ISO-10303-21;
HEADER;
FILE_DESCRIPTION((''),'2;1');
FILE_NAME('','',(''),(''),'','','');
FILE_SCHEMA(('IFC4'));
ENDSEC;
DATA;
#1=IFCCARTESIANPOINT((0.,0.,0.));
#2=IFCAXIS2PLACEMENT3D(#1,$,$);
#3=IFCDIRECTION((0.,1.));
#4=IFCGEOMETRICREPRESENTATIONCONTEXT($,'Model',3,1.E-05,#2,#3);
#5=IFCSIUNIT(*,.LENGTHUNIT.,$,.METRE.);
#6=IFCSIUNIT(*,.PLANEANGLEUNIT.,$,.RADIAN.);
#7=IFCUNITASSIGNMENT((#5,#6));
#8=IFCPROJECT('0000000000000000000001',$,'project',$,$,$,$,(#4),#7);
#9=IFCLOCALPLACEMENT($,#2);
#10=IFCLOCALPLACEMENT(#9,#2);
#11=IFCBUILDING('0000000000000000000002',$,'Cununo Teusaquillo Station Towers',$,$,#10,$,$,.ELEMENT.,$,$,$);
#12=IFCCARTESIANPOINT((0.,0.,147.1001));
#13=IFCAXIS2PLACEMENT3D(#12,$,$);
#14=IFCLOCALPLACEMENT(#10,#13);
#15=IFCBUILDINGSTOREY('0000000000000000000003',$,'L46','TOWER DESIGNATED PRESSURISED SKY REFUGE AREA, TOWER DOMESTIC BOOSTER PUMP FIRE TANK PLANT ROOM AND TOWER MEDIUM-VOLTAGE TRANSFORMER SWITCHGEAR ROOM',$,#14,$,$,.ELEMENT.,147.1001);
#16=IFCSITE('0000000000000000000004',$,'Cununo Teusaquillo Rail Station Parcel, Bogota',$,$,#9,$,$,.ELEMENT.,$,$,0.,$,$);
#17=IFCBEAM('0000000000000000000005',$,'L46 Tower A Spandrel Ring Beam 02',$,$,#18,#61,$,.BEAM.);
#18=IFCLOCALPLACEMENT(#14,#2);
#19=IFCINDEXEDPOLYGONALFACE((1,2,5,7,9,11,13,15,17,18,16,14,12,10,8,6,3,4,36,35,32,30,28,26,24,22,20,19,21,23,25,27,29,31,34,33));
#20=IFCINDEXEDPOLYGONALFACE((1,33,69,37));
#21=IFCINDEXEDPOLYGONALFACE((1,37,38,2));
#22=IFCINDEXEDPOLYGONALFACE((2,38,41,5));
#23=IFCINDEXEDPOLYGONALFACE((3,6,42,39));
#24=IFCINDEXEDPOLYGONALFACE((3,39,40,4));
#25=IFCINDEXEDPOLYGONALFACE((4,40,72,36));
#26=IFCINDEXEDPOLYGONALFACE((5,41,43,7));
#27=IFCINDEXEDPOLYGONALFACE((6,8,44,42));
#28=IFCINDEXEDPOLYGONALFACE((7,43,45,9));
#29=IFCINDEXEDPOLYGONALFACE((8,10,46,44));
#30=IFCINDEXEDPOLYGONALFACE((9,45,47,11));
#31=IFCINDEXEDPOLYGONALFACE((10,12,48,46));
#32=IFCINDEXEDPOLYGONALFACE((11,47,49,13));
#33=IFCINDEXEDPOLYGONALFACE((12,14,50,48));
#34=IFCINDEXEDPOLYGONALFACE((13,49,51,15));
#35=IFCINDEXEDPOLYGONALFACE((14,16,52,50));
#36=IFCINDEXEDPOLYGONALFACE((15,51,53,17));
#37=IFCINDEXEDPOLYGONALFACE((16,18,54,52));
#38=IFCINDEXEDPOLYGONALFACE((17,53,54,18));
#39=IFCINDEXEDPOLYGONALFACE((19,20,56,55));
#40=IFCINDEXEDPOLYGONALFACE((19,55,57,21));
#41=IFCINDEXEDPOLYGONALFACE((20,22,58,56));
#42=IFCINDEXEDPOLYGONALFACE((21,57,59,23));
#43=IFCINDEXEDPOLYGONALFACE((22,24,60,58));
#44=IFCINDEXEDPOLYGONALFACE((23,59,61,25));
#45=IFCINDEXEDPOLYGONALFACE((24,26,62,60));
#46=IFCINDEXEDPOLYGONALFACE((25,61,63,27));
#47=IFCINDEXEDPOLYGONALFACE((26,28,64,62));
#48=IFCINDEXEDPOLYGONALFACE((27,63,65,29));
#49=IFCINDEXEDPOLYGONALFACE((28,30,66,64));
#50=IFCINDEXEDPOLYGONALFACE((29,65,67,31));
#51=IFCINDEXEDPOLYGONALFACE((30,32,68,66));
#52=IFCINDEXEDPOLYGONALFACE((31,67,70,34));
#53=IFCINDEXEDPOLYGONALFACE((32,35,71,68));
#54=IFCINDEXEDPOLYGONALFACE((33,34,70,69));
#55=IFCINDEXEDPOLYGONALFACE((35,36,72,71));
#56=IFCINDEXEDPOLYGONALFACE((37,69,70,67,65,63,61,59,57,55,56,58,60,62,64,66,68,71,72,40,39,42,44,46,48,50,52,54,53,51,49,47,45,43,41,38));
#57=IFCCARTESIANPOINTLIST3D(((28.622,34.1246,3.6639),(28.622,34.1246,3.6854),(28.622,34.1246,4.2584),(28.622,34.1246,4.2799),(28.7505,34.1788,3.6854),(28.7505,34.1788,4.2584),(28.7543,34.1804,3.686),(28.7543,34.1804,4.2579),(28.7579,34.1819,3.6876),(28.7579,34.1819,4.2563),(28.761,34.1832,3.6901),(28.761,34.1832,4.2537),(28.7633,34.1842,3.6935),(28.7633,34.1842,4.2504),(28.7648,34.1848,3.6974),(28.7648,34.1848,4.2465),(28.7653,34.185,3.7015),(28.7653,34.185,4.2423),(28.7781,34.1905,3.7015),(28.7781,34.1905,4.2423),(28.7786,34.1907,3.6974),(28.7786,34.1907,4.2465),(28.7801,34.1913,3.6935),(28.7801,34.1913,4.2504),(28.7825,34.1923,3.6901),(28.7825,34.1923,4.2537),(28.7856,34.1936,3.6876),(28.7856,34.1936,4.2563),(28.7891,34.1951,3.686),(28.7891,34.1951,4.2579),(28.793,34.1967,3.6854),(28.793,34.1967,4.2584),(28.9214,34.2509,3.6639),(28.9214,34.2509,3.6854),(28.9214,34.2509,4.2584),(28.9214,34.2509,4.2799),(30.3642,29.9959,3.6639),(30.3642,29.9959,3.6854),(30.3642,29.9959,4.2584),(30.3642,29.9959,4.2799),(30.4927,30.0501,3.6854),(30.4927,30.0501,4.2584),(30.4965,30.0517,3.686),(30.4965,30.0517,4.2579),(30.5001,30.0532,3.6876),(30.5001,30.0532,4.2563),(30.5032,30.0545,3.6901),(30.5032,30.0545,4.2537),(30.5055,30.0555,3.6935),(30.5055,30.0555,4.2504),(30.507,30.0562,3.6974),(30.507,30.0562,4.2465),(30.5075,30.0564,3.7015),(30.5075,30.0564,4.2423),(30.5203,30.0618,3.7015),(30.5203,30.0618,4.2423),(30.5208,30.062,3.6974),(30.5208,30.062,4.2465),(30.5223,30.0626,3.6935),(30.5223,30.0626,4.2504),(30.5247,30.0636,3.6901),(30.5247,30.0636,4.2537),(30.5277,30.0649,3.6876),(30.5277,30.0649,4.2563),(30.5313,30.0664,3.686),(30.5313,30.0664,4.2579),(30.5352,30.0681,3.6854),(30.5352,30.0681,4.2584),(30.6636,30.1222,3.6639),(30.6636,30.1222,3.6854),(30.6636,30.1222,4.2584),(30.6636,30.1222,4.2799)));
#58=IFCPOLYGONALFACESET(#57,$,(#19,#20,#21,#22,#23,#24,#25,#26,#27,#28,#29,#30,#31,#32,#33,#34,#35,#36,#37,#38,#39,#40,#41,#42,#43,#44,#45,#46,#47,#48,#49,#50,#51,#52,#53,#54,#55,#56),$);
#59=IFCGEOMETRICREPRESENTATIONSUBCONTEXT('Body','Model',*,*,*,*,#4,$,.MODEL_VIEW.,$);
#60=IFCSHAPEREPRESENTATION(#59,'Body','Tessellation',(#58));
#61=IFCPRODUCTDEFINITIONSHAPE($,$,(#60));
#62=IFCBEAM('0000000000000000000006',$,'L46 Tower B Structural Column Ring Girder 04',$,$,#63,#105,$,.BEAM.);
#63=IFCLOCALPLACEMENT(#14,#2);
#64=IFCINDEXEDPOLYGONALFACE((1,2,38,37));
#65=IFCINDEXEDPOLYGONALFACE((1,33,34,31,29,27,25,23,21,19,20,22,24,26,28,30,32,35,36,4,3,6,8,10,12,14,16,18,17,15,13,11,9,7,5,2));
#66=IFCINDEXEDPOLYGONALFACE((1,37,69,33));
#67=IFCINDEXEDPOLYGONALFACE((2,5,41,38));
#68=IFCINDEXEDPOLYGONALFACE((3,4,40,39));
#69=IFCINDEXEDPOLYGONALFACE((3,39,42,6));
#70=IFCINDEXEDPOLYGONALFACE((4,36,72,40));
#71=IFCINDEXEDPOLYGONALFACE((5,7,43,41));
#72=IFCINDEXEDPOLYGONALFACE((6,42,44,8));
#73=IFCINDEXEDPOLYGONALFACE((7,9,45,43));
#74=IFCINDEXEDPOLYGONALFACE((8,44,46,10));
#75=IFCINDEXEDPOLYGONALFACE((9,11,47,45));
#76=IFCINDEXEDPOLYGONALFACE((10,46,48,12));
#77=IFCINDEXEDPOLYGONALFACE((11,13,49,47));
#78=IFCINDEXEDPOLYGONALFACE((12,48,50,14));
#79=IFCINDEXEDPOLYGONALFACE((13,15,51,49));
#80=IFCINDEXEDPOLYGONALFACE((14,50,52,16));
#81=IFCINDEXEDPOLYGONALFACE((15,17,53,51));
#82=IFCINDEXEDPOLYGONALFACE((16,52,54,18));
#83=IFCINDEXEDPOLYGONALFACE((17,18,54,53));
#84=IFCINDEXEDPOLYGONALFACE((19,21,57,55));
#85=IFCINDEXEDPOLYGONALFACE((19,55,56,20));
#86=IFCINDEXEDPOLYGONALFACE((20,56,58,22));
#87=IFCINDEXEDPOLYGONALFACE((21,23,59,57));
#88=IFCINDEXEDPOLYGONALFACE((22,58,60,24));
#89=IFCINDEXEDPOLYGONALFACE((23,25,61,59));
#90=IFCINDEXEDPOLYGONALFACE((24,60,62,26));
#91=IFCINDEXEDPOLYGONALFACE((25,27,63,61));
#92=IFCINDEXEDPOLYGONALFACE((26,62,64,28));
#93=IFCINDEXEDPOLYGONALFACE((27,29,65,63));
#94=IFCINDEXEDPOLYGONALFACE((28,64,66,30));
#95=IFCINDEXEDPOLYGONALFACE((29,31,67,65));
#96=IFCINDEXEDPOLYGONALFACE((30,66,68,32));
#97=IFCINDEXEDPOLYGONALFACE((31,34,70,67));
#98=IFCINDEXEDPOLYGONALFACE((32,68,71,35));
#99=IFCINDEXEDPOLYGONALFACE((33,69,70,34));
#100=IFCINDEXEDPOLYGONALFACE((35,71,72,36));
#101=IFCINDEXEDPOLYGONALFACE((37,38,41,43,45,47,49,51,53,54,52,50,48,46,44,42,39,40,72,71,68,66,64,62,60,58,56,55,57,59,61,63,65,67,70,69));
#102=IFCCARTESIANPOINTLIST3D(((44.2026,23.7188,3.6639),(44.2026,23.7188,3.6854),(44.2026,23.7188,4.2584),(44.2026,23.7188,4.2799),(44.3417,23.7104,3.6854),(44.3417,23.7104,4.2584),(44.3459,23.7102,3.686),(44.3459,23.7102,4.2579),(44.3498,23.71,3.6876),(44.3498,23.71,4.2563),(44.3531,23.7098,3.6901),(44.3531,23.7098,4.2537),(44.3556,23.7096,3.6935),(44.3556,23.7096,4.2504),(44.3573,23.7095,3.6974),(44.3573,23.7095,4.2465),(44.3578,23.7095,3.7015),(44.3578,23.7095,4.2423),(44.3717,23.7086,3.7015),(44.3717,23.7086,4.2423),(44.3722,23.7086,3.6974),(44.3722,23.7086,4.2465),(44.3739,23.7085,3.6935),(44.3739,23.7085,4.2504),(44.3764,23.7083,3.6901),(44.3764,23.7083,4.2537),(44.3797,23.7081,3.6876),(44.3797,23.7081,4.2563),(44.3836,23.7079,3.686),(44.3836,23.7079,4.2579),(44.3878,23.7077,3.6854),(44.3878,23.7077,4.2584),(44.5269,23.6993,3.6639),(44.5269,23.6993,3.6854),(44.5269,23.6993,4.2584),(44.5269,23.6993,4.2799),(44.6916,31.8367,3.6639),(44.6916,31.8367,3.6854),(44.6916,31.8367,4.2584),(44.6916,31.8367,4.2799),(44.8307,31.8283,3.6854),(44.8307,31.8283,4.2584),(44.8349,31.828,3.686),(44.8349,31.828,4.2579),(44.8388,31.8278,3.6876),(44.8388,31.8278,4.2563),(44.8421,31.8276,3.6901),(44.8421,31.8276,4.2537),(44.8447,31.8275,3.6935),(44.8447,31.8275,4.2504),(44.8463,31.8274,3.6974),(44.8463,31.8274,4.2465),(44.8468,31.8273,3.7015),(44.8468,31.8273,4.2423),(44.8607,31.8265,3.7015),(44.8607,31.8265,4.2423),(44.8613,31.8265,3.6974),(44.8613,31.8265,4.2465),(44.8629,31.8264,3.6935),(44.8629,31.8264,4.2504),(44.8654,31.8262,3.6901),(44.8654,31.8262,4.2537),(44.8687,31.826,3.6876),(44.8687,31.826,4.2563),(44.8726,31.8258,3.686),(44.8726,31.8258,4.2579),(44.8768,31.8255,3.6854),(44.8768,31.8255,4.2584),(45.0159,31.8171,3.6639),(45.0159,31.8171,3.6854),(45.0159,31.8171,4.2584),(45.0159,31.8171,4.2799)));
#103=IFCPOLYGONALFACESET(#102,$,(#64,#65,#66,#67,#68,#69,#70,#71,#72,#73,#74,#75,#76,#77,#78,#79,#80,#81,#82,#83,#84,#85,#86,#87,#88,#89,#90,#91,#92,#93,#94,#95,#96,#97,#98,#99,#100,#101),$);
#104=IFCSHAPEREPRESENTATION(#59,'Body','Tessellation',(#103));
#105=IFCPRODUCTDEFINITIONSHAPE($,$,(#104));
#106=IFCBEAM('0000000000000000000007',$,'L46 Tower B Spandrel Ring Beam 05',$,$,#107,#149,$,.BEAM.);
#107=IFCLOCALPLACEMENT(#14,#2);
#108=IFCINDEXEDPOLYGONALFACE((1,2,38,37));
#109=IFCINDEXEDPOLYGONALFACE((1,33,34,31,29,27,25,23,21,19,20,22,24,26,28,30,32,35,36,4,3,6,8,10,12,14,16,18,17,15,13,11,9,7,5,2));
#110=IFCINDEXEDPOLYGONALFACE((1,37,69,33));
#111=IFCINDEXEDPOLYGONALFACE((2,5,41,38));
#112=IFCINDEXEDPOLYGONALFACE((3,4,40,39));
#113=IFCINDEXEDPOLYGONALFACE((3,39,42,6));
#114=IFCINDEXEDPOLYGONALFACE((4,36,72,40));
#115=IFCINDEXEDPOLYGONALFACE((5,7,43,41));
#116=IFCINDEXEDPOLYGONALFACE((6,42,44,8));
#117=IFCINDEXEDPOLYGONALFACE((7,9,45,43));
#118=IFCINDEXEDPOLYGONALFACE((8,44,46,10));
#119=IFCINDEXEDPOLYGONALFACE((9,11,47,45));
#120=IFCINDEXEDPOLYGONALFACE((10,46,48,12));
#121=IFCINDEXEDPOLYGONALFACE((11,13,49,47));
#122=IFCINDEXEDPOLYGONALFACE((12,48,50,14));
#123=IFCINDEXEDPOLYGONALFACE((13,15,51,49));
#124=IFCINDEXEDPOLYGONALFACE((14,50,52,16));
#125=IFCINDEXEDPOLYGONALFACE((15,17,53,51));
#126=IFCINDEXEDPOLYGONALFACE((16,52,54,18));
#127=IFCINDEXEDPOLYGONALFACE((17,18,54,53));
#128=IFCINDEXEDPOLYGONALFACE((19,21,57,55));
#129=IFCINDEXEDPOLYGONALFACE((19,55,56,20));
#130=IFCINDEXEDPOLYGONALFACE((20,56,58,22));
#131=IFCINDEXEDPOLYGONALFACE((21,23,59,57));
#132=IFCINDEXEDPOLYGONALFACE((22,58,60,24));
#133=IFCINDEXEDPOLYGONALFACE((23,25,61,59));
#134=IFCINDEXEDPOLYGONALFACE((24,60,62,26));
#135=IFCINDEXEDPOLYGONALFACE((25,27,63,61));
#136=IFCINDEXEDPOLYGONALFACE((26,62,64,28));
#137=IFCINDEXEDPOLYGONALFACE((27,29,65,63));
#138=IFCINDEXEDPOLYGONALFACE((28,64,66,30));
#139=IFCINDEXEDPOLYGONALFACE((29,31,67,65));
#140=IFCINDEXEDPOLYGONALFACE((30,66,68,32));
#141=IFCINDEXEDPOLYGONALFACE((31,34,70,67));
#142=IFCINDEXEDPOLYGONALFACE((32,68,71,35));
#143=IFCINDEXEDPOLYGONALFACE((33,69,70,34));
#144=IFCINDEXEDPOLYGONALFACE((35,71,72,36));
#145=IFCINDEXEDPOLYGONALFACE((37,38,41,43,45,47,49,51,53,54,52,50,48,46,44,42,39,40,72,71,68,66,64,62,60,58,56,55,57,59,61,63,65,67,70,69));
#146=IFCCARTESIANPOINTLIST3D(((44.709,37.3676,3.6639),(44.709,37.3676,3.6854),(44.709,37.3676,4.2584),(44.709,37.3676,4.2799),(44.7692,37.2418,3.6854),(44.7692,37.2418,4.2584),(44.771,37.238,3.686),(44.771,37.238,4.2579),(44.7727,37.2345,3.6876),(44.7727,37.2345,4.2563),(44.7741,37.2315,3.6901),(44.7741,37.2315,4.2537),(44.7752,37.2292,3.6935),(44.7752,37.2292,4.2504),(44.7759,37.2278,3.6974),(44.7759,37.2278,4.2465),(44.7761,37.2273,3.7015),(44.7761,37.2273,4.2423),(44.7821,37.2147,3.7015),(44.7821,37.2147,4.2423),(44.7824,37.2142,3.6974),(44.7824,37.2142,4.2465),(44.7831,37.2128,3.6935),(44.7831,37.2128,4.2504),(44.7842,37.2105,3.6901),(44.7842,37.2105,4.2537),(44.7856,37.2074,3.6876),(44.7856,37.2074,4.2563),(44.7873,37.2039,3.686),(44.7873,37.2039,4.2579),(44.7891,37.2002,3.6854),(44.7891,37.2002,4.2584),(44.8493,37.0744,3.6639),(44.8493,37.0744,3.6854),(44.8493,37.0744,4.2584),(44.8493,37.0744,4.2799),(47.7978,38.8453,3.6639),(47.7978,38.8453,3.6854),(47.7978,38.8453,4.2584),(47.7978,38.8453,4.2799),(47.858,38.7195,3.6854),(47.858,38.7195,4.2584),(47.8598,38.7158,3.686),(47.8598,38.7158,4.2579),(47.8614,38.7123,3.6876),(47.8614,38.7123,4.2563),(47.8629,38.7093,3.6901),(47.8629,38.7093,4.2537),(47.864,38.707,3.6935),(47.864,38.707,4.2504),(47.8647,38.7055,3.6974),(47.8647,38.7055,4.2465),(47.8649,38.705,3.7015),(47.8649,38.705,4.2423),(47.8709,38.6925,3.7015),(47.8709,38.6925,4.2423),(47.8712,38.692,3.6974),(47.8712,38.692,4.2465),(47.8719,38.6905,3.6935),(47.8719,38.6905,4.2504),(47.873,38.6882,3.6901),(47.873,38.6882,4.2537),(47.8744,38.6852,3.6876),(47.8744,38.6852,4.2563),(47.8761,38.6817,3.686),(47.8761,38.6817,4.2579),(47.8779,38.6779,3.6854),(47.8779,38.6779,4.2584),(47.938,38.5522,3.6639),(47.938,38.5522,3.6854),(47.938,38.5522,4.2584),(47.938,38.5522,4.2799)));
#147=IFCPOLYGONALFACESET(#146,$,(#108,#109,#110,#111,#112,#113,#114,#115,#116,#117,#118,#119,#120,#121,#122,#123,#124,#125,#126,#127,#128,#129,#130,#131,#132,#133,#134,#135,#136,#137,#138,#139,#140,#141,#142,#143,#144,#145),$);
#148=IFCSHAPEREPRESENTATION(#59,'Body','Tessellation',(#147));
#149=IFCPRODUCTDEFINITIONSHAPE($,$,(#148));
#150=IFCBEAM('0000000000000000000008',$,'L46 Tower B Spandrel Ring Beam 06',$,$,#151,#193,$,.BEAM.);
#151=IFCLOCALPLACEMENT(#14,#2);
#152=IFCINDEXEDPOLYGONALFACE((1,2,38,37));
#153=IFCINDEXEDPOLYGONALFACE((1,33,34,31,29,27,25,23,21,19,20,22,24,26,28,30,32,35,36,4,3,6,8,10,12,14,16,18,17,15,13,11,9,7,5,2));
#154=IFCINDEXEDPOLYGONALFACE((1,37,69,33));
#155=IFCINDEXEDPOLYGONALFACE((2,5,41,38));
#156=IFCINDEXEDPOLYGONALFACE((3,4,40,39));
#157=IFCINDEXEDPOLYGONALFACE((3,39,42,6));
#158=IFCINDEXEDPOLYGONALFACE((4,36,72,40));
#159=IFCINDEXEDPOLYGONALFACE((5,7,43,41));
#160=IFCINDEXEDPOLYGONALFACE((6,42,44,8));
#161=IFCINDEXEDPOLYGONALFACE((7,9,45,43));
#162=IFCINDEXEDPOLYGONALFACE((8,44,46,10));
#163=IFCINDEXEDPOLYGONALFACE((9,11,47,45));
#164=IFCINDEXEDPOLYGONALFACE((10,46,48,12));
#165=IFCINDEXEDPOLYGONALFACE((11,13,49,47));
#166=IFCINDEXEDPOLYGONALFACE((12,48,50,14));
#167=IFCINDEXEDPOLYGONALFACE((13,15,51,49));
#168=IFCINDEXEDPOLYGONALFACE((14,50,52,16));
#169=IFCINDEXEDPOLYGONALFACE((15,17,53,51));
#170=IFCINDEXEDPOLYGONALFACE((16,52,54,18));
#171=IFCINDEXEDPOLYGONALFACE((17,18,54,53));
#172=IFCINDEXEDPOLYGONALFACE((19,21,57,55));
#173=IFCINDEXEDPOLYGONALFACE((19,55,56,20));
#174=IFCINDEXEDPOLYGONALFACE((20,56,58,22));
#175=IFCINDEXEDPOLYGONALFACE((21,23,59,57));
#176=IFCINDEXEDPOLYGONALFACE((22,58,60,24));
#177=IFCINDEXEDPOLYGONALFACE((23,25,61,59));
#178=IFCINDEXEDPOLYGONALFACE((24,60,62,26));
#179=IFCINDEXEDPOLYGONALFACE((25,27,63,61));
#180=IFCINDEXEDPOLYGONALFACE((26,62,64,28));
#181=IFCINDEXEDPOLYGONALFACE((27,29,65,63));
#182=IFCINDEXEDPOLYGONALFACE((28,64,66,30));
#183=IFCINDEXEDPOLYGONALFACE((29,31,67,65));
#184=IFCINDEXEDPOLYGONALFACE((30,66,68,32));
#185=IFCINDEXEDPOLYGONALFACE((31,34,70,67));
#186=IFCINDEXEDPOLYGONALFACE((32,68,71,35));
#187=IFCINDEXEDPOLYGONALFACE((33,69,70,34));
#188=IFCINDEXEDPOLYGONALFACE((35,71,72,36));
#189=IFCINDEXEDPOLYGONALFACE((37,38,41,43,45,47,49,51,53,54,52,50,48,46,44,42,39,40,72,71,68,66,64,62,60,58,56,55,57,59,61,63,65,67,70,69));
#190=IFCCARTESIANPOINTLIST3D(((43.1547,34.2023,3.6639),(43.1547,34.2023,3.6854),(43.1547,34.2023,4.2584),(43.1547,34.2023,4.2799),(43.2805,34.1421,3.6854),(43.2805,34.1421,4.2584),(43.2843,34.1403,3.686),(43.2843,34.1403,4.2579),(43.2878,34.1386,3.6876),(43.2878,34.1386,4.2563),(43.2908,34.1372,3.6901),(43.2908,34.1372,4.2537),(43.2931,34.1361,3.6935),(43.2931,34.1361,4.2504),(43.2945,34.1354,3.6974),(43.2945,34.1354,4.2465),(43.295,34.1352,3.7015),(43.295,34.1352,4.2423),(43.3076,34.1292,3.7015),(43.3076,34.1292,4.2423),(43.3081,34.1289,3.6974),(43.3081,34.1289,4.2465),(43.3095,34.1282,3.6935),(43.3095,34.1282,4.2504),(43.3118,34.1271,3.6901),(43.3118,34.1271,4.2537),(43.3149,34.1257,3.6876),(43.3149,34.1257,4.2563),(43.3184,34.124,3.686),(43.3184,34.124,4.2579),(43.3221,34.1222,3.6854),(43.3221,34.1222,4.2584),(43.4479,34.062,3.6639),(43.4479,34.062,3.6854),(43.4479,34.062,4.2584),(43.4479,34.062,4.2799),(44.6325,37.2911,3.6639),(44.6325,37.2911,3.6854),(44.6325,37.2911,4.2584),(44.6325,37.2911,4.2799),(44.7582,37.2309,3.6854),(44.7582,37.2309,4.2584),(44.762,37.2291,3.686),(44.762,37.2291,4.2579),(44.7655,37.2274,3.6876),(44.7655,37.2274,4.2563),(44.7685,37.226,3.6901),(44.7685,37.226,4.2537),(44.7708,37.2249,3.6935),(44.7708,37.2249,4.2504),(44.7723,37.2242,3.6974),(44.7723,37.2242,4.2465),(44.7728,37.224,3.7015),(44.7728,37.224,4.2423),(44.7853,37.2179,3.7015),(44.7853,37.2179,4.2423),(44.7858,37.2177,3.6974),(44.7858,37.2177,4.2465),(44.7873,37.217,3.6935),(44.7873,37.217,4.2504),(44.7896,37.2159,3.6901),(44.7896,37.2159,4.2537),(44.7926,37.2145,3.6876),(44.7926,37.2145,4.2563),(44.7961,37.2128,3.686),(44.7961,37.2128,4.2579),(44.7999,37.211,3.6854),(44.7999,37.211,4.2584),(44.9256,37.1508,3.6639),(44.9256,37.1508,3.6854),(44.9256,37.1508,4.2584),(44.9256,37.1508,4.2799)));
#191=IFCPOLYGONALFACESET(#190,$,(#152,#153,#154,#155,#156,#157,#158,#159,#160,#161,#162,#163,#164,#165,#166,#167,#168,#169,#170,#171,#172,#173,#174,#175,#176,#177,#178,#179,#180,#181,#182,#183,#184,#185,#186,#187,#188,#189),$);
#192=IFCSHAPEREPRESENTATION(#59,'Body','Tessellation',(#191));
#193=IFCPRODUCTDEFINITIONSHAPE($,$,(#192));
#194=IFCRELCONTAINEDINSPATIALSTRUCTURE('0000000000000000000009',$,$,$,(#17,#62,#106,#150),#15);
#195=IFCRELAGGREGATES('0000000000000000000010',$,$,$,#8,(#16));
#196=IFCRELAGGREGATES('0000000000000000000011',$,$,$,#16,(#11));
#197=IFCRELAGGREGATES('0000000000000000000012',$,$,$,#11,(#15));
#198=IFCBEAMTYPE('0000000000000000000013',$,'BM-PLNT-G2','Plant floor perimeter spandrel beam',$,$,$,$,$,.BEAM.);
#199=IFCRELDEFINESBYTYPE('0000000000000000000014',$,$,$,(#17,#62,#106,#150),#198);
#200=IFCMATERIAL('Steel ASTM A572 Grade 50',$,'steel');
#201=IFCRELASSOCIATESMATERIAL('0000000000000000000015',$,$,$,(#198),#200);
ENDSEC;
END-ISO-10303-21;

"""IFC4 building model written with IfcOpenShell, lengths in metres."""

from ifc_helpers import new_model, si_unit, direction, frame, origin, origin_2d, place, context, subcontext, project, spatial, i_section, extrude, material, material_profile, profile_set, type_object, element, save


model = new_model("IFC4")

# Units and contexts
model_context = context("Model", 3, precision=1e-05, world=origin(), true_north=direction((0.0, 1.0)))
body_context = subcontext(model_context, "Body", "Model", "MODEL_VIEW")
ifc_project = project(units=[si_unit("LENGTHUNIT", "METRE"), si_unit("PLANEANGLEUNIT", "RADIAN")], contexts=[model_context])

# Site, building, storey
site_placement = place(None, origin())
site = spatial("IfcSite", under=ifc_project, at=site_placement, Name="Cununo Teusaquillo Rail Station Parcel, Bogota", CompositionType="ELEMENT", RefElevation=0.0)
building_placement = place(site_placement, origin())
building = spatial("IfcBuilding", under=site, at=building_placement, Name="Cununo Teusaquillo Station Towers", CompositionType="ELEMENT")
storey_placement = place(building_placement, frame((0.0, 0.0, 147.1001)))
storey = spatial("IfcBuildingStorey", under=building, at=storey_placement, Name="L46", Description="TOWER DESIGNATED PRESSURISED SKY REFUGE AREA, TOWER DOMESTIC BOOSTER PUMP FIRE TANK PLANT ROOM AND TOWER MEDIUM-VOLTAGE TRANSFORMER SWITCHGEAR ROOM", CompositionType="ELEMENT", Elevation=147.1001)

# Beams
ifc_material_1 = material(Name="Steel ASTM A572 Grade 50", Category="steel")
ifc_material_profile_1 = material_profile(ifc_material_1, i_section(OverallWidth=0.325, OverallDepth=0.616, WebThickness=0.0139, FlangeThickness=0.0215, FilletRadius=0.0161, at=origin_2d()), Name="W24X117")
ifc_profile_set_1 = profile_set([ifc_material_profile_1], Name="Steel ASTM A572 Grade 50")
beam_type_1 = type_object("IfcBeamType", Name="BM-PLNT-G2", Description="Plant floor perimeter spandrel beam", PredefinedType="BEAM", material=ifc_profile_set_1)
beam_1_placement = place(storey_placement, frame((30.5139, 30.0591, 3.9719), z_axis=(-0.388778, 0.921332, 0.0), x_axis=(-0.921332, -0.388778, 0.0)))
element("IfcBeam", 1, at=beam_1_placement, inside=storey, type_object=beam_type_1, Name="L46 Tower A Spandrel Ring Beam 02", PredefinedType="BEAM", context=body_context, shape_type="SweptSolid", body=[
    extrude(i_section(OverallWidth=0.325, OverallDepth=0.616, WebThickness=0.0139, FlangeThickness=0.0215, FilletRadius=0.0161, at=origin_2d()), origin(), (0.0, 0.0, 1.0), 4.4812),
])
beam_2_placement = place(storey_placement, frame((44.8538, 31.8269, 3.9719), z_axis=(-0.06013, -0.998191, 0.0), x_axis=(0.998191, -0.06013, 0.0)))
element("IfcBeam", 2, at=beam_2_placement, inside=storey, type_object=beam_type_1, Name="L46 Tower B Structural Column Ring Girder 04", PredefinedType="BEAM", context=body_context, shape_type="SweptSolid", body=[
    extrude(i_section(OverallWidth=0.325, OverallDepth=0.616, WebThickness=0.0139, FlangeThickness=0.0215, FilletRadius=0.0161, at=origin_2d()), origin(), (0.0, 0.0, 1.0), 8.1326),
])
for number, where, z_axis, x_axis, name in (
    (3, (47.8679, 38.6987, 3.9719), (-0.902078, -0.431574, 0.0), (0.431574, -0.902078, 0.0), "L46 Tower B Spandrel Ring Beam 05"),
    (4, (44.7791, 37.2209, 3.9719), (-0.431574, -0.902078, 0.0), (0.902078, -0.431574, 0.0), "L46 Tower B Spandrel Ring Beam 06"),
):
    element("IfcBeam", number, at=place(storey_placement, frame(where, z_axis=z_axis, x_axis=x_axis)), inside=storey, type_object=beam_type_1, Name=name, PredefinedType="BEAM", context=body_context, shape_type="SweptSolid", body=[
        extrude(i_section(OverallWidth=0.325, OverallDepth=0.616, WebThickness=0.0139, FlangeThickness=0.0215, FilletRadius=0.0161, at=origin_2d()), origin(), (0.0, 0.0, 1.0), 3.4241),
    ])

save(model, "model.ifc")
